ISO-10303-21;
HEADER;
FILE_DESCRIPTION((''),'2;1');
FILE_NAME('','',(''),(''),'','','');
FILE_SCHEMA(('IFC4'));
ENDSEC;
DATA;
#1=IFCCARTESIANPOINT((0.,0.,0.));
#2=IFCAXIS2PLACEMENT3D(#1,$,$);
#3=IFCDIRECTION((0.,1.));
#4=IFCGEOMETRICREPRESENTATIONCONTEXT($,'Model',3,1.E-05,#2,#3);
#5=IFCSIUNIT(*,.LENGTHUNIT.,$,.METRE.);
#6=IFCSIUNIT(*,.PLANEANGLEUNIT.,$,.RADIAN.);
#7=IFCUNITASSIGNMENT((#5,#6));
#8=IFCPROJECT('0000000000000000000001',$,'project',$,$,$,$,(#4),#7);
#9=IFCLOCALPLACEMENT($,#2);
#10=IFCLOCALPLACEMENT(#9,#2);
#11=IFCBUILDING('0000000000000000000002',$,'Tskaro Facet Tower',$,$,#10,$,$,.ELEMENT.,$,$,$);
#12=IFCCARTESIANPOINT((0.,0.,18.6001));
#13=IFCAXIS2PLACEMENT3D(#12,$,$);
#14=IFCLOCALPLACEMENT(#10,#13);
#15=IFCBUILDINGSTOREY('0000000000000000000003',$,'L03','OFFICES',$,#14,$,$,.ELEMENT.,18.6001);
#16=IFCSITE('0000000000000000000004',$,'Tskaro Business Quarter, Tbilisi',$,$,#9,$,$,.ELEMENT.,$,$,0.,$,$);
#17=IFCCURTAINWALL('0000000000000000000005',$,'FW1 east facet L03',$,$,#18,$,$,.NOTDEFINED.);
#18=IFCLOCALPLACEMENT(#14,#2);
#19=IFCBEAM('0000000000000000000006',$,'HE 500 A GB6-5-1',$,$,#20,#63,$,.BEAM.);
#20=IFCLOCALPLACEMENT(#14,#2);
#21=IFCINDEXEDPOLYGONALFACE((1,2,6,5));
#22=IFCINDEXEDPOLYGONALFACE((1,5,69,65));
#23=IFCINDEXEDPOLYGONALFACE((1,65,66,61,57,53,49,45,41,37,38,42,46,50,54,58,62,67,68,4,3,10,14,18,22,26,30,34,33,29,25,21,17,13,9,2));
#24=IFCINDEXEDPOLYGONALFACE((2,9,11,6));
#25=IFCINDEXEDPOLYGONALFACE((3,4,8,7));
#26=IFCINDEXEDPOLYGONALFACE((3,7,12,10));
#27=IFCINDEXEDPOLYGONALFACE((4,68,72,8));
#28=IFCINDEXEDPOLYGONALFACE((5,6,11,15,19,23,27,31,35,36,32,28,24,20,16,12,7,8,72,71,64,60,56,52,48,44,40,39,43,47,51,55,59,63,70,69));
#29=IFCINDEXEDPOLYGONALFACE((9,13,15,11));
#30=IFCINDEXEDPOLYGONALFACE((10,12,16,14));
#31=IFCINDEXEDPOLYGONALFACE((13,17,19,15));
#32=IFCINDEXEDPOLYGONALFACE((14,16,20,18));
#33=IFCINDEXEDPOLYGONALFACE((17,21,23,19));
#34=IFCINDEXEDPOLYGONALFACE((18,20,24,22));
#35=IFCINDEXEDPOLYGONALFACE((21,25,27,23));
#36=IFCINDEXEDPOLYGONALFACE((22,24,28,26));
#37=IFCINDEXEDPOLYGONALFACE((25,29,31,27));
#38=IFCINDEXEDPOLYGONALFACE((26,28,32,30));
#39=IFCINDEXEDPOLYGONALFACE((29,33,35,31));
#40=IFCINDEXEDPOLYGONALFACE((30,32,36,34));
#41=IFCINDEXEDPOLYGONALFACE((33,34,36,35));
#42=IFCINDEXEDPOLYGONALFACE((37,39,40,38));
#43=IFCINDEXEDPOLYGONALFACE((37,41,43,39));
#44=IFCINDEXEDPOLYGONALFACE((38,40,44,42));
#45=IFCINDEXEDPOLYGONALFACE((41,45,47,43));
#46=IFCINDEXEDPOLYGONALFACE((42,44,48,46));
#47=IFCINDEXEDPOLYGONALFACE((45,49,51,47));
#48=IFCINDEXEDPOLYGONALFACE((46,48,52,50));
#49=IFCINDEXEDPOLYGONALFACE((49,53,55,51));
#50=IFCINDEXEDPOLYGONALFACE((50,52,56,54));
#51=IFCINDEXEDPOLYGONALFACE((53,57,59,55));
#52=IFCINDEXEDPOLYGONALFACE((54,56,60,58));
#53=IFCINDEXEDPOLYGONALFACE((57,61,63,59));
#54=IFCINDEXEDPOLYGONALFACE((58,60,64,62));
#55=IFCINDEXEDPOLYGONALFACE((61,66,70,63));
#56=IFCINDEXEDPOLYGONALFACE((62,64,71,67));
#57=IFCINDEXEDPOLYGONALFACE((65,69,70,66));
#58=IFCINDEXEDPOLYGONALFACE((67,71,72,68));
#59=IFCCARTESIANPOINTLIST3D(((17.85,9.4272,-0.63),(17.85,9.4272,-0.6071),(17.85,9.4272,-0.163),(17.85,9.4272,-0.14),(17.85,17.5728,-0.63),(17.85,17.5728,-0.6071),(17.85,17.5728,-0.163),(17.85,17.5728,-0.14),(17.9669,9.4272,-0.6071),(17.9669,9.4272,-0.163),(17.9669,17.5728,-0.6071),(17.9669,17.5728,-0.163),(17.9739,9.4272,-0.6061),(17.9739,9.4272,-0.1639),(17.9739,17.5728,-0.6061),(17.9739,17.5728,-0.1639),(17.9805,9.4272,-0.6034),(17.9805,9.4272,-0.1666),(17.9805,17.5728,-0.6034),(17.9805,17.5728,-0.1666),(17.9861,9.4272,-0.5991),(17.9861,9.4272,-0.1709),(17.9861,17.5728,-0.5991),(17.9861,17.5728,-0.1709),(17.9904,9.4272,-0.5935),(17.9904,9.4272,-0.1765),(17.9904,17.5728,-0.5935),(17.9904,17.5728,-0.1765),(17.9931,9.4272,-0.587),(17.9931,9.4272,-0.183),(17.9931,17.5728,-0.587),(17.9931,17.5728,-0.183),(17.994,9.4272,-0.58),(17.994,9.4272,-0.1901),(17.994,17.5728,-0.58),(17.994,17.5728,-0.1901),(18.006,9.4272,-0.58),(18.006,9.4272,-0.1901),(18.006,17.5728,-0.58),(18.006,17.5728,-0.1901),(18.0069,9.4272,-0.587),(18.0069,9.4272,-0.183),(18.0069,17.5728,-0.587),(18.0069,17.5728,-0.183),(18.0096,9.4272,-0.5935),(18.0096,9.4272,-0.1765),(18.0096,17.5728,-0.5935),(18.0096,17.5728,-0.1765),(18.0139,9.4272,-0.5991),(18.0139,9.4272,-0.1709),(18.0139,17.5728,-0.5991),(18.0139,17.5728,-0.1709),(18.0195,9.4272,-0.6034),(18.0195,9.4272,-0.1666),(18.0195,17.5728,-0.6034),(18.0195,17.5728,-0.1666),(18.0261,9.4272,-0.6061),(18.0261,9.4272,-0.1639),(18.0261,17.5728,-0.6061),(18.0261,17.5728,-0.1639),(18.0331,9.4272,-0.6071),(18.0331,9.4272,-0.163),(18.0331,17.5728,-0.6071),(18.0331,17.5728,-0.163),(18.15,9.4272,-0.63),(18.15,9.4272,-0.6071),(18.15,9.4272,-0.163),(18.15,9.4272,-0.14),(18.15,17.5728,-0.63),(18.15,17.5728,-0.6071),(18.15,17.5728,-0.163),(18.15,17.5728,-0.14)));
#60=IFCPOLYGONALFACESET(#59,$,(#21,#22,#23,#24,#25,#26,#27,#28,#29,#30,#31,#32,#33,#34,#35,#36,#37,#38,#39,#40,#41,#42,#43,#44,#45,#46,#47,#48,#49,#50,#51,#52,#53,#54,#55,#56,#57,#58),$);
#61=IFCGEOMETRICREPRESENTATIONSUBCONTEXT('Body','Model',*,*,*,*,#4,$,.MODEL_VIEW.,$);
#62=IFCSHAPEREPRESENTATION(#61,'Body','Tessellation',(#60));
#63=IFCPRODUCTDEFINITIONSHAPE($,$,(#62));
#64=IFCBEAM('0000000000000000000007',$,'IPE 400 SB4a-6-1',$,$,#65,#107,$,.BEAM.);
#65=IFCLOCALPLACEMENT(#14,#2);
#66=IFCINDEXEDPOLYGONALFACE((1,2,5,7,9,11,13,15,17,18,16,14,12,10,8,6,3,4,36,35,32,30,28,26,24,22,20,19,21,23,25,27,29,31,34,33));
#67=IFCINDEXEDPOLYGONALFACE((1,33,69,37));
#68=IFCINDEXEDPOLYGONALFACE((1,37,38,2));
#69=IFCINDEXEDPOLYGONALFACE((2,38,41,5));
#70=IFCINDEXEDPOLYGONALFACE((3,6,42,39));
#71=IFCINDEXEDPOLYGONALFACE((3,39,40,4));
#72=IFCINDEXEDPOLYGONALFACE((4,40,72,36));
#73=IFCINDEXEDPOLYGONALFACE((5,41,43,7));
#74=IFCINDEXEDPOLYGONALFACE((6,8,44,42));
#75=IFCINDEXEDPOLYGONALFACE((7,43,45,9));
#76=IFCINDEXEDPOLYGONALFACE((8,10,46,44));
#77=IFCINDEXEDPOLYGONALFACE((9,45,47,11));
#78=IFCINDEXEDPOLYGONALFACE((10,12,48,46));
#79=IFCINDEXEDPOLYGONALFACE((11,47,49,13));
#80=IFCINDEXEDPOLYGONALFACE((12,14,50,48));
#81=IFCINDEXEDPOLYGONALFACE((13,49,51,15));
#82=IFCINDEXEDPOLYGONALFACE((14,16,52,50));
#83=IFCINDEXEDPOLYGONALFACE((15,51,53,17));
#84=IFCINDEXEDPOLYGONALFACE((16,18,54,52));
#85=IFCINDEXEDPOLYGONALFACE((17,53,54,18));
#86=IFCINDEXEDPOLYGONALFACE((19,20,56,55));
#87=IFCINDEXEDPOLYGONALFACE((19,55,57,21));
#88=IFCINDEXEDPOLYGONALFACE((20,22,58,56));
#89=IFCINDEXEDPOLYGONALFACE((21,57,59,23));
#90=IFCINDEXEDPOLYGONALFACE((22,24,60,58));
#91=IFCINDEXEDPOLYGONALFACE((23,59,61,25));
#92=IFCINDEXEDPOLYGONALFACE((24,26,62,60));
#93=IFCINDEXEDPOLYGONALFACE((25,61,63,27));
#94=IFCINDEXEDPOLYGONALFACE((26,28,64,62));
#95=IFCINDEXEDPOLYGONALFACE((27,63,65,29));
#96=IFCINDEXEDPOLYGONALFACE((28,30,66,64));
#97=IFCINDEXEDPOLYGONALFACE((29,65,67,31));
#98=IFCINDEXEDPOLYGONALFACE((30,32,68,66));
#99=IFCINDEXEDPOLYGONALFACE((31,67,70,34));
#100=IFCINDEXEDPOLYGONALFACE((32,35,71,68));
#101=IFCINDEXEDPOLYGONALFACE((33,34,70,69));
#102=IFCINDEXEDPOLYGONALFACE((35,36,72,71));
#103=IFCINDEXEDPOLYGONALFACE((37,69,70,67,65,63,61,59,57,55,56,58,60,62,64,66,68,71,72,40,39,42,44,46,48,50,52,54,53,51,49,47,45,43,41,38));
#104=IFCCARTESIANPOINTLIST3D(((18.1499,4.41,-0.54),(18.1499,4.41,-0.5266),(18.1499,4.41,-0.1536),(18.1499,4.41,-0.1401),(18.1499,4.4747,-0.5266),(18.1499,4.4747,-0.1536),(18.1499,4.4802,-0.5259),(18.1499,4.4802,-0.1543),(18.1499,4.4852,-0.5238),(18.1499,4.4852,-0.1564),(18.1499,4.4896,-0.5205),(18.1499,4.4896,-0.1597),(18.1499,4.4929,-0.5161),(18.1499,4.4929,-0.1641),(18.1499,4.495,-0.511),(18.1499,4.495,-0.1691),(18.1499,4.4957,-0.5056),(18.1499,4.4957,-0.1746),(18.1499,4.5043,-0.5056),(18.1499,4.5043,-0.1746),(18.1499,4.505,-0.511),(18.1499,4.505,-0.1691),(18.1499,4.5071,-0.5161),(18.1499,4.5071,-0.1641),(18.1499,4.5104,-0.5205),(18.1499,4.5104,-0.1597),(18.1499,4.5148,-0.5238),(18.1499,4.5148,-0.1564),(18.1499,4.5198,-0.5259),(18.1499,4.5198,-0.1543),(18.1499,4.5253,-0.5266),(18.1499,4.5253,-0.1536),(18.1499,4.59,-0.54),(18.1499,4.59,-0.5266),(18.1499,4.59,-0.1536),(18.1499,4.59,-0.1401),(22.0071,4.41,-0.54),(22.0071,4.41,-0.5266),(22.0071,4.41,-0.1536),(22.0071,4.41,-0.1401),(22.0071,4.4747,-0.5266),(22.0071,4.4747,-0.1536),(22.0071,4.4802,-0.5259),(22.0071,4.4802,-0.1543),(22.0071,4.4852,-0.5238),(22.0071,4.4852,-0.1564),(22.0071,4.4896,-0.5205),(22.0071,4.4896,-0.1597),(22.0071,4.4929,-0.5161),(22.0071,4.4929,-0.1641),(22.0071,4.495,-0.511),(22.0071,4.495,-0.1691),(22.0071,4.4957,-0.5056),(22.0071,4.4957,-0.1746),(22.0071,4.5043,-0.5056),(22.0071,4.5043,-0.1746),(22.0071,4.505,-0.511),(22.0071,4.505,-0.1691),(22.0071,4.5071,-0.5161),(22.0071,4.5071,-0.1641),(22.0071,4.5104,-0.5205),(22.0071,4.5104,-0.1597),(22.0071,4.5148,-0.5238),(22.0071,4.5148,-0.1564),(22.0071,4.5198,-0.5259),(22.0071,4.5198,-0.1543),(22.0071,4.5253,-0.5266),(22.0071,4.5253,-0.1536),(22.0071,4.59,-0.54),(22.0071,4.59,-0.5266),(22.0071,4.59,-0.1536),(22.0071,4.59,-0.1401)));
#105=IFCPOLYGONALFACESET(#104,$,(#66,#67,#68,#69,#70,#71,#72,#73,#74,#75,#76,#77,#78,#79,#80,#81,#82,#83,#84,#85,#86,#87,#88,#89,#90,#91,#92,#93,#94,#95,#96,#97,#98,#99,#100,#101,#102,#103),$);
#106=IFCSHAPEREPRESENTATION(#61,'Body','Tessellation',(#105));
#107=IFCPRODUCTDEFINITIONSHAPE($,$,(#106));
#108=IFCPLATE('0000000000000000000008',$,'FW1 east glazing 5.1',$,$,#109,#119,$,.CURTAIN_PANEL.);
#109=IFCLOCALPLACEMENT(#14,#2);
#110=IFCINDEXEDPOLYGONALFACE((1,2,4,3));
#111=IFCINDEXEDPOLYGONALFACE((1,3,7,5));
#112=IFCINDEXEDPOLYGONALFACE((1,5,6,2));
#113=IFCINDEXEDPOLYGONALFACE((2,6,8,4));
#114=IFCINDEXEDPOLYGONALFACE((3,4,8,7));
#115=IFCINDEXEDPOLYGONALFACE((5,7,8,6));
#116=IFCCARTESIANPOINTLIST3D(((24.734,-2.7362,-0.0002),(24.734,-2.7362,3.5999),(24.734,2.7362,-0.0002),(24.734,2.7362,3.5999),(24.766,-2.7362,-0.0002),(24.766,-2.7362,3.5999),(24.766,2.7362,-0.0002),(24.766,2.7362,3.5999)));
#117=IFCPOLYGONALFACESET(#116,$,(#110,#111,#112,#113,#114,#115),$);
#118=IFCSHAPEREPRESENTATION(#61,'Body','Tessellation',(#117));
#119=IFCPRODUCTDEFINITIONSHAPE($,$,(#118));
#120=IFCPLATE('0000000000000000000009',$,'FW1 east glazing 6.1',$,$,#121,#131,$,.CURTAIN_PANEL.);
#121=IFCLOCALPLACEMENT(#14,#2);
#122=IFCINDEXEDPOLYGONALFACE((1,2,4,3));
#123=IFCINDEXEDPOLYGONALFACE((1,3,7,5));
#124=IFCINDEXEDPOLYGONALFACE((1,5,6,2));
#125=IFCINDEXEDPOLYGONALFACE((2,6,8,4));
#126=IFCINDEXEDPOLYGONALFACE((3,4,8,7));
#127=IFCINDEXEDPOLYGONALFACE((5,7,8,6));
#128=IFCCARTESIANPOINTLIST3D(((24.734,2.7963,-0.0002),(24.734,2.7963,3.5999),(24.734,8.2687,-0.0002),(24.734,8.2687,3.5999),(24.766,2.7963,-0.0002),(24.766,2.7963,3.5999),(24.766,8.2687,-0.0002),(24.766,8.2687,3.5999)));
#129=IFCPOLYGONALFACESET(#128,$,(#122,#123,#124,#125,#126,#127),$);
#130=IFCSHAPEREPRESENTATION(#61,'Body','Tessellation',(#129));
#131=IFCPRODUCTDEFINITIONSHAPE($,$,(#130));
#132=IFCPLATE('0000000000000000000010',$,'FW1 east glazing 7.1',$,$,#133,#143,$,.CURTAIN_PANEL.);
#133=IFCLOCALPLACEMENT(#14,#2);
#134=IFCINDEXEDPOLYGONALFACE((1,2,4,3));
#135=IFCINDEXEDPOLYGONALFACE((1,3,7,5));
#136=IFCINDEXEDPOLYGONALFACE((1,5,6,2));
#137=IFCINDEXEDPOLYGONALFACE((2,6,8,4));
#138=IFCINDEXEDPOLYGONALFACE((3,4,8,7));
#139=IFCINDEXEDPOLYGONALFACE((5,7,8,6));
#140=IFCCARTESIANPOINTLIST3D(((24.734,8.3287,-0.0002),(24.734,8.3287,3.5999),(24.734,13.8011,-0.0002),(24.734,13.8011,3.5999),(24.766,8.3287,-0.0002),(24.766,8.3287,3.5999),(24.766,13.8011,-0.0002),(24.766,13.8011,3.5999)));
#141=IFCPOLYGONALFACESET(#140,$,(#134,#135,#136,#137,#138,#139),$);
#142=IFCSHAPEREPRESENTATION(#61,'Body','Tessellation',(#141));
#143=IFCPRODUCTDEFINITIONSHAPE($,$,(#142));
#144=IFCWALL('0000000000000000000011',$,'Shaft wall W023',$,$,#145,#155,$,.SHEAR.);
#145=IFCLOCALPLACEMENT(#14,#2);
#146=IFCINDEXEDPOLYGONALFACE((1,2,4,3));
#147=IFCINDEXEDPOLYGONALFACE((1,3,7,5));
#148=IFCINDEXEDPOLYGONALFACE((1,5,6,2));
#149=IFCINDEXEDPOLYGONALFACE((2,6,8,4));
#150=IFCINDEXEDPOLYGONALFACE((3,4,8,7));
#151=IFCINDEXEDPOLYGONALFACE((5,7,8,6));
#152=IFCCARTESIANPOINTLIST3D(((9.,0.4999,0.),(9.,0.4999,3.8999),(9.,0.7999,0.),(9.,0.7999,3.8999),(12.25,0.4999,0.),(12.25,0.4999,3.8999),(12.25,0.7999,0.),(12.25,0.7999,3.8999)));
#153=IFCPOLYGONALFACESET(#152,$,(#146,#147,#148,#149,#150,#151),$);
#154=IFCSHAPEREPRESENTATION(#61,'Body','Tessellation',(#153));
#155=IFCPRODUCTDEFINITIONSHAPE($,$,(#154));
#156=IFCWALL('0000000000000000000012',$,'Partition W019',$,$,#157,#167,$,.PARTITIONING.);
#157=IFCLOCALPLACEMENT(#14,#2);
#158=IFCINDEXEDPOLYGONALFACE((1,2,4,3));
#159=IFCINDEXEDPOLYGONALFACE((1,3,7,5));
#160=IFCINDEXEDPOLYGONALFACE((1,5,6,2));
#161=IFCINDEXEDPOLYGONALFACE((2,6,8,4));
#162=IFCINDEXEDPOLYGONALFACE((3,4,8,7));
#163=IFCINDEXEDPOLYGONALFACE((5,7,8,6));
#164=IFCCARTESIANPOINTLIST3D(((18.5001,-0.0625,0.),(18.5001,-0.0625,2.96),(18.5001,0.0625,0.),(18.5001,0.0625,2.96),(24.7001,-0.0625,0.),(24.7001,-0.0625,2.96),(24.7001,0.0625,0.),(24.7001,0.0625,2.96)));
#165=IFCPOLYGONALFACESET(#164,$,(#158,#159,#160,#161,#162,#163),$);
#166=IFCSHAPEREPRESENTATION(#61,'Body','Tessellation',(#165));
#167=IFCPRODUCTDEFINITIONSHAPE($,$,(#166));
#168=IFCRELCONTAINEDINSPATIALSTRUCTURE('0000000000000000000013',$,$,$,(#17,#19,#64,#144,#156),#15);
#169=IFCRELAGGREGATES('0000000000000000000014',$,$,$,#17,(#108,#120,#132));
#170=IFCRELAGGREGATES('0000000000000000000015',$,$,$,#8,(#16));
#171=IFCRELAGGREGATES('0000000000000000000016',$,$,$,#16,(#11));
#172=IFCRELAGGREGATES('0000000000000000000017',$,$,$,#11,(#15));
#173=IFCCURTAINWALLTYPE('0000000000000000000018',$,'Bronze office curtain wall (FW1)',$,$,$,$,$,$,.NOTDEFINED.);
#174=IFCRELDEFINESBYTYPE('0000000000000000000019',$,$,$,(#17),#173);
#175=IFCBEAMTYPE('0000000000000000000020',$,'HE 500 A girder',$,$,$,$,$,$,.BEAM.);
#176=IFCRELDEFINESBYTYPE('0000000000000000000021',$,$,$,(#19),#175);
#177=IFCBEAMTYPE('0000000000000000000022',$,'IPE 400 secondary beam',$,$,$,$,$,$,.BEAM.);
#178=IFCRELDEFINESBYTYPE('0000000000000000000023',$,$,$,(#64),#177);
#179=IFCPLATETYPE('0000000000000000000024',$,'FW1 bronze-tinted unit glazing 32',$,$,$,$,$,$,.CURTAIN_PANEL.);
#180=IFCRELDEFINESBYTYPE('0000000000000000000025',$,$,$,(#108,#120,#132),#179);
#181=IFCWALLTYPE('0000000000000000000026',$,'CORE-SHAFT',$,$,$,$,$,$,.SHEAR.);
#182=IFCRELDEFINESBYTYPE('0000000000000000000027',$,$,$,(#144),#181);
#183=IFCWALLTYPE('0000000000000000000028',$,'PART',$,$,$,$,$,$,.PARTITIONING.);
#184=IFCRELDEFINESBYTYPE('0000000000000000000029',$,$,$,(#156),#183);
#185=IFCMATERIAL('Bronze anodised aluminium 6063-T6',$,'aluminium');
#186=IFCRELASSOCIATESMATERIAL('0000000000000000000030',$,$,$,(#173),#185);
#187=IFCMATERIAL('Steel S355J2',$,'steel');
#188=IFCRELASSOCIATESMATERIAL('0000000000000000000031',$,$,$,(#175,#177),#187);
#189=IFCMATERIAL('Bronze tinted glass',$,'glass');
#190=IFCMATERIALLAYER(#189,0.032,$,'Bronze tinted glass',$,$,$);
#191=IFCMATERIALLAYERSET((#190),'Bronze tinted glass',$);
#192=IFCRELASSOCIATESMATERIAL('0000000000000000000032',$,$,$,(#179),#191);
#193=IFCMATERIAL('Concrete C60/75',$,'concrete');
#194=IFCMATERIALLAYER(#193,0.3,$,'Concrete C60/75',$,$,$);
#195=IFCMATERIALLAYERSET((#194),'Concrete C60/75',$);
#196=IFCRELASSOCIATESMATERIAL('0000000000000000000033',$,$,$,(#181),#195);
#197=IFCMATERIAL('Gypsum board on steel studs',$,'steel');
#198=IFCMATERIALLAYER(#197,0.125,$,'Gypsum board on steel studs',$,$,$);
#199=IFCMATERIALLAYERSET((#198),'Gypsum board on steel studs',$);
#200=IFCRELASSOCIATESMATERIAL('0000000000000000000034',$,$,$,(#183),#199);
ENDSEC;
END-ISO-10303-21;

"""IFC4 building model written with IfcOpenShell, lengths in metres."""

from ifc_helpers import new_model, si_unit, direction, frame, frame_2d, origin, origin_2d, place, context, subcontext, project, spatial, rectangle, i_section, extrude, material, layer, layer_set, material_profile, profile_set, type_object, element, aggregate, save


model = new_model("IFC4")

# Units and contexts
model_context = context("Model", 3, precision=1e-05, world=origin(), true_north=direction((0.0, 1.0)))
body_context = subcontext(model_context, "Body", "Model", "MODEL_VIEW")
ifc_project = project(units=[si_unit("LENGTHUNIT", "METRE"), si_unit("PLANEANGLEUNIT", "RADIAN")], contexts=[model_context])

# Site, building, storey
site_placement = place(None, origin())
site = spatial("IfcSite", under=ifc_project, at=site_placement, Name="Tskaro Business Quarter, Tbilisi", CompositionType="ELEMENT", RefElevation=0.0)
building_placement = place(site_placement, origin())
building = spatial("IfcBuilding", under=site, at=building_placement, Name="Tskaro Facet Tower", CompositionType="ELEMENT")
storey_placement = place(building_placement, frame((0.0, 0.0, 18.6001)))
storey = spatial("IfcBuildingStorey", under=building, at=storey_placement, Name="L03", Description="OFFICES", CompositionType="ELEMENT", Elevation=18.6001)

# Curtain wall
ifc_material_1 = material(Name="Bronze anodised aluminium 6063-T6", Category="aluminium")
curtain_wall_type = type_object("IfcCurtainWallType", Name="Bronze office curtain wall (FW1)", PredefinedType="NOTDEFINED", material=ifc_material_1)
curtain_wall_placement = place(storey_placement, origin())
curtain_wall = element("IfcCurtainWall", 1, at=curtain_wall_placement, inside=storey, type_object=curtain_wall_type, Name="FW1 east facet L03", PredefinedType="NOTDEFINED")

# Beams
ifc_material_2 = material(Name="Steel S355J2", Category="steel")
ifc_material_profile_1 = material_profile(ifc_material_2, i_section(OverallWidth=0.3, OverallDepth=0.49, WebThickness=0.012, FlangeThickness=0.0229, FilletRadius=0.0271, at=origin_2d()), Name="HE 500 A")
ifc_profile_set_1 = profile_set([ifc_material_profile_1], Name="Steel S355J2")
beam_type_1 = type_object("IfcBeamType", Name="HE 500 A girder", PredefinedType="BEAM", material=ifc_profile_set_1)
for number, where, z_axis, x_axis, name in (
    (2, (18.0, 9.4272, -0.385), (0.0, 1.0, 0.0), (-1.0, 0.0, 0.0), "HE 500 A GB6-5-1"),
):
    element("IfcBeam", number, at=place(storey_placement, frame(where, z_axis=z_axis, x_axis=x_axis)), inside=storey, type_object=beam_type_1, Name=name, PredefinedType="BEAM", context=body_context, shape_type="SweptSolid", body=[
        extrude(i_section(OverallWidth=0.3, OverallDepth=0.49, WebThickness=0.012, FlangeThickness=0.0229, FilletRadius=0.0271, at=origin_2d()), origin(), (0.0, 0.0, 1.0), 8.1455),
    ])
ifc_material_profile_2 = material_profile(ifc_material_2, i_section(OverallWidth=0.1799, OverallDepth=0.3999, WebThickness=0.0085, FlangeThickness=0.0134, FilletRadius=0.021, at=origin_2d()), Name="IPE 400")
ifc_profile_set_2 = profile_set([ifc_material_profile_2], Name="Steel S355J2")
beam_type_2 = type_object("IfcBeamType", Name="IPE 400 secondary beam", PredefinedType="BEAM", material=ifc_profile_set_2)
beam_placement = place(storey_placement, frame((18.1499, 4.5, -0.3401), z_axis=(1.0, 0.0, 0.0), x_axis=(0.0, 1.0, 0.0)))
element("IfcBeam", 3, at=beam_placement, inside=storey, type_object=beam_type_2, Name="IPE 400 SB4a-6-1", PredefinedType="BEAM", context=body_context, shape_type="SweptSolid", body=[
    extrude(i_section(OverallWidth=0.1799, OverallDepth=0.3999, WebThickness=0.0085, FlangeThickness=0.0134, FilletRadius=0.021, at=origin_2d()), origin(), (0.0, 0.0, 1.0), 3.8572),
])

# Plates
ifc_material_3 = material(Name="Bronze tinted glass", Category="glass")
ifc_layer_1 = layer(ifc_material_3, 0.032, Name="Bronze tinted glass")
ifc_layer_set_1 = layer_set([ifc_layer_1], Name="Bronze tinted glass")
plate_type = type_object("IfcPlateType", Name="FW1 bronze-tinted unit glazing 32", PredefinedType="CURTAIN_PANEL", material=ifc_layer_set_1)
plate_1_placement = place(storey_placement, frame((24.75, 0.0, -0.0002), z_axis=(0.0, 0.0, 1.0), x_axis=(0.0, 1.0, 0.0)))
plate_1 = element("IfcPlate", 4, at=plate_1_placement, type_object=plate_type, Name="FW1 east glazing 5.1", PredefinedType="CURTAIN_PANEL", context=body_context, shape_type="SweptSolid", body=[
    extrude(rectangle(XDim=5.4724, YDim=0.032, at=origin_2d()), origin(), (0.0, 0.0, 1.0), 3.6001),
])
plate_2_placement = place(storey_placement, frame((24.75, 5.5325, -0.0002), z_axis=(0.0, 0.0, 1.0), x_axis=(0.0, 1.0, 0.0)))
plate_2 = element("IfcPlate", 5, at=plate_2_placement, type_object=plate_type, Name="FW1 east glazing 6.1", PredefinedType="CURTAIN_PANEL", context=body_context, shape_type="SweptSolid", body=[
    extrude(rectangle(XDim=5.4724, YDim=0.032, at=origin_2d()), origin(), (0.0, 0.0, 1.0), 3.6001),
])
plate_3_placement = place(storey_placement, frame((24.75, 11.0649, -0.0002), z_axis=(0.0, 0.0, 1.0), x_axis=(0.0, 1.0, 0.0)))
plate_3 = element("IfcPlate", 6, at=plate_3_placement, type_object=plate_type, Name="FW1 east glazing 7.1", PredefinedType="CURTAIN_PANEL", context=body_context, shape_type="SweptSolid", body=[
    extrude(rectangle(XDim=5.4724, YDim=0.032, at=origin_2d()), origin(), (0.0, 0.0, 1.0), 3.6001),
])
aggregate(curtain_wall, [plate_1, plate_2, plate_3])

# Walls
ifc_material_4 = material(Name="Concrete C60/75", Category="concrete")
ifc_layer_2 = layer(ifc_material_4, 0.3, Name="Concrete C60/75")
ifc_layer_set_2 = layer_set([ifc_layer_2], Name="Concrete C60/75")
wall_type_1 = type_object("IfcWallType", Name="CORE-SHAFT", PredefinedType="SHEAR", material=ifc_layer_set_2)
wall_1_placement = place(storey_placement, frame((12.25, 0.6499, 0.0), z_axis=(0.0, 0.0, 1.0), x_axis=(-1.0, 0.0, 0.0)))
element("IfcWall", 7, at=wall_1_placement, inside=storey, type_object=wall_type_1, Name="Shaft wall W023", PredefinedType="SHEAR", context=body_context, shape_type="SweptSolid", body=[
    extrude(rectangle(XDim=3.25, YDim=0.3, at=frame_2d((1.625, 0.0))), origin(), (0.0, 0.0, 1.0), 3.8999),
])
ifc_material_5 = material(Name="Gypsum board on steel studs", Category="steel")
ifc_layer_3 = layer(ifc_material_5, 0.125, Name="Gypsum board on steel studs")
ifc_layer_set_3 = layer_set([ifc_layer_3], Name="Gypsum board on steel studs")
wall_type_2 = type_object("IfcWallType", Name="PART", PredefinedType="PARTITIONING", material=ifc_layer_set_3)
wall_2_placement = place(storey_placement, frame((18.5, 0.0, 0.0), z_axis=(0.0, 0.0, 1.0), x_axis=(1.0, 0.0, 0.0)))
element("IfcWall", 8, at=wall_2_placement, inside=storey, type_object=wall_type_2, Name="Partition W019", PredefinedType="PARTITIONING", context=body_context, shape_type="SweptSolid", body=[
    extrude(rectangle(XDim=6.2, YDim=0.125, at=frame_2d((3.1001, 0.0))), origin(), (0.0, 0.0, 1.0), 2.96),
])

save(model, "model.ifc")
